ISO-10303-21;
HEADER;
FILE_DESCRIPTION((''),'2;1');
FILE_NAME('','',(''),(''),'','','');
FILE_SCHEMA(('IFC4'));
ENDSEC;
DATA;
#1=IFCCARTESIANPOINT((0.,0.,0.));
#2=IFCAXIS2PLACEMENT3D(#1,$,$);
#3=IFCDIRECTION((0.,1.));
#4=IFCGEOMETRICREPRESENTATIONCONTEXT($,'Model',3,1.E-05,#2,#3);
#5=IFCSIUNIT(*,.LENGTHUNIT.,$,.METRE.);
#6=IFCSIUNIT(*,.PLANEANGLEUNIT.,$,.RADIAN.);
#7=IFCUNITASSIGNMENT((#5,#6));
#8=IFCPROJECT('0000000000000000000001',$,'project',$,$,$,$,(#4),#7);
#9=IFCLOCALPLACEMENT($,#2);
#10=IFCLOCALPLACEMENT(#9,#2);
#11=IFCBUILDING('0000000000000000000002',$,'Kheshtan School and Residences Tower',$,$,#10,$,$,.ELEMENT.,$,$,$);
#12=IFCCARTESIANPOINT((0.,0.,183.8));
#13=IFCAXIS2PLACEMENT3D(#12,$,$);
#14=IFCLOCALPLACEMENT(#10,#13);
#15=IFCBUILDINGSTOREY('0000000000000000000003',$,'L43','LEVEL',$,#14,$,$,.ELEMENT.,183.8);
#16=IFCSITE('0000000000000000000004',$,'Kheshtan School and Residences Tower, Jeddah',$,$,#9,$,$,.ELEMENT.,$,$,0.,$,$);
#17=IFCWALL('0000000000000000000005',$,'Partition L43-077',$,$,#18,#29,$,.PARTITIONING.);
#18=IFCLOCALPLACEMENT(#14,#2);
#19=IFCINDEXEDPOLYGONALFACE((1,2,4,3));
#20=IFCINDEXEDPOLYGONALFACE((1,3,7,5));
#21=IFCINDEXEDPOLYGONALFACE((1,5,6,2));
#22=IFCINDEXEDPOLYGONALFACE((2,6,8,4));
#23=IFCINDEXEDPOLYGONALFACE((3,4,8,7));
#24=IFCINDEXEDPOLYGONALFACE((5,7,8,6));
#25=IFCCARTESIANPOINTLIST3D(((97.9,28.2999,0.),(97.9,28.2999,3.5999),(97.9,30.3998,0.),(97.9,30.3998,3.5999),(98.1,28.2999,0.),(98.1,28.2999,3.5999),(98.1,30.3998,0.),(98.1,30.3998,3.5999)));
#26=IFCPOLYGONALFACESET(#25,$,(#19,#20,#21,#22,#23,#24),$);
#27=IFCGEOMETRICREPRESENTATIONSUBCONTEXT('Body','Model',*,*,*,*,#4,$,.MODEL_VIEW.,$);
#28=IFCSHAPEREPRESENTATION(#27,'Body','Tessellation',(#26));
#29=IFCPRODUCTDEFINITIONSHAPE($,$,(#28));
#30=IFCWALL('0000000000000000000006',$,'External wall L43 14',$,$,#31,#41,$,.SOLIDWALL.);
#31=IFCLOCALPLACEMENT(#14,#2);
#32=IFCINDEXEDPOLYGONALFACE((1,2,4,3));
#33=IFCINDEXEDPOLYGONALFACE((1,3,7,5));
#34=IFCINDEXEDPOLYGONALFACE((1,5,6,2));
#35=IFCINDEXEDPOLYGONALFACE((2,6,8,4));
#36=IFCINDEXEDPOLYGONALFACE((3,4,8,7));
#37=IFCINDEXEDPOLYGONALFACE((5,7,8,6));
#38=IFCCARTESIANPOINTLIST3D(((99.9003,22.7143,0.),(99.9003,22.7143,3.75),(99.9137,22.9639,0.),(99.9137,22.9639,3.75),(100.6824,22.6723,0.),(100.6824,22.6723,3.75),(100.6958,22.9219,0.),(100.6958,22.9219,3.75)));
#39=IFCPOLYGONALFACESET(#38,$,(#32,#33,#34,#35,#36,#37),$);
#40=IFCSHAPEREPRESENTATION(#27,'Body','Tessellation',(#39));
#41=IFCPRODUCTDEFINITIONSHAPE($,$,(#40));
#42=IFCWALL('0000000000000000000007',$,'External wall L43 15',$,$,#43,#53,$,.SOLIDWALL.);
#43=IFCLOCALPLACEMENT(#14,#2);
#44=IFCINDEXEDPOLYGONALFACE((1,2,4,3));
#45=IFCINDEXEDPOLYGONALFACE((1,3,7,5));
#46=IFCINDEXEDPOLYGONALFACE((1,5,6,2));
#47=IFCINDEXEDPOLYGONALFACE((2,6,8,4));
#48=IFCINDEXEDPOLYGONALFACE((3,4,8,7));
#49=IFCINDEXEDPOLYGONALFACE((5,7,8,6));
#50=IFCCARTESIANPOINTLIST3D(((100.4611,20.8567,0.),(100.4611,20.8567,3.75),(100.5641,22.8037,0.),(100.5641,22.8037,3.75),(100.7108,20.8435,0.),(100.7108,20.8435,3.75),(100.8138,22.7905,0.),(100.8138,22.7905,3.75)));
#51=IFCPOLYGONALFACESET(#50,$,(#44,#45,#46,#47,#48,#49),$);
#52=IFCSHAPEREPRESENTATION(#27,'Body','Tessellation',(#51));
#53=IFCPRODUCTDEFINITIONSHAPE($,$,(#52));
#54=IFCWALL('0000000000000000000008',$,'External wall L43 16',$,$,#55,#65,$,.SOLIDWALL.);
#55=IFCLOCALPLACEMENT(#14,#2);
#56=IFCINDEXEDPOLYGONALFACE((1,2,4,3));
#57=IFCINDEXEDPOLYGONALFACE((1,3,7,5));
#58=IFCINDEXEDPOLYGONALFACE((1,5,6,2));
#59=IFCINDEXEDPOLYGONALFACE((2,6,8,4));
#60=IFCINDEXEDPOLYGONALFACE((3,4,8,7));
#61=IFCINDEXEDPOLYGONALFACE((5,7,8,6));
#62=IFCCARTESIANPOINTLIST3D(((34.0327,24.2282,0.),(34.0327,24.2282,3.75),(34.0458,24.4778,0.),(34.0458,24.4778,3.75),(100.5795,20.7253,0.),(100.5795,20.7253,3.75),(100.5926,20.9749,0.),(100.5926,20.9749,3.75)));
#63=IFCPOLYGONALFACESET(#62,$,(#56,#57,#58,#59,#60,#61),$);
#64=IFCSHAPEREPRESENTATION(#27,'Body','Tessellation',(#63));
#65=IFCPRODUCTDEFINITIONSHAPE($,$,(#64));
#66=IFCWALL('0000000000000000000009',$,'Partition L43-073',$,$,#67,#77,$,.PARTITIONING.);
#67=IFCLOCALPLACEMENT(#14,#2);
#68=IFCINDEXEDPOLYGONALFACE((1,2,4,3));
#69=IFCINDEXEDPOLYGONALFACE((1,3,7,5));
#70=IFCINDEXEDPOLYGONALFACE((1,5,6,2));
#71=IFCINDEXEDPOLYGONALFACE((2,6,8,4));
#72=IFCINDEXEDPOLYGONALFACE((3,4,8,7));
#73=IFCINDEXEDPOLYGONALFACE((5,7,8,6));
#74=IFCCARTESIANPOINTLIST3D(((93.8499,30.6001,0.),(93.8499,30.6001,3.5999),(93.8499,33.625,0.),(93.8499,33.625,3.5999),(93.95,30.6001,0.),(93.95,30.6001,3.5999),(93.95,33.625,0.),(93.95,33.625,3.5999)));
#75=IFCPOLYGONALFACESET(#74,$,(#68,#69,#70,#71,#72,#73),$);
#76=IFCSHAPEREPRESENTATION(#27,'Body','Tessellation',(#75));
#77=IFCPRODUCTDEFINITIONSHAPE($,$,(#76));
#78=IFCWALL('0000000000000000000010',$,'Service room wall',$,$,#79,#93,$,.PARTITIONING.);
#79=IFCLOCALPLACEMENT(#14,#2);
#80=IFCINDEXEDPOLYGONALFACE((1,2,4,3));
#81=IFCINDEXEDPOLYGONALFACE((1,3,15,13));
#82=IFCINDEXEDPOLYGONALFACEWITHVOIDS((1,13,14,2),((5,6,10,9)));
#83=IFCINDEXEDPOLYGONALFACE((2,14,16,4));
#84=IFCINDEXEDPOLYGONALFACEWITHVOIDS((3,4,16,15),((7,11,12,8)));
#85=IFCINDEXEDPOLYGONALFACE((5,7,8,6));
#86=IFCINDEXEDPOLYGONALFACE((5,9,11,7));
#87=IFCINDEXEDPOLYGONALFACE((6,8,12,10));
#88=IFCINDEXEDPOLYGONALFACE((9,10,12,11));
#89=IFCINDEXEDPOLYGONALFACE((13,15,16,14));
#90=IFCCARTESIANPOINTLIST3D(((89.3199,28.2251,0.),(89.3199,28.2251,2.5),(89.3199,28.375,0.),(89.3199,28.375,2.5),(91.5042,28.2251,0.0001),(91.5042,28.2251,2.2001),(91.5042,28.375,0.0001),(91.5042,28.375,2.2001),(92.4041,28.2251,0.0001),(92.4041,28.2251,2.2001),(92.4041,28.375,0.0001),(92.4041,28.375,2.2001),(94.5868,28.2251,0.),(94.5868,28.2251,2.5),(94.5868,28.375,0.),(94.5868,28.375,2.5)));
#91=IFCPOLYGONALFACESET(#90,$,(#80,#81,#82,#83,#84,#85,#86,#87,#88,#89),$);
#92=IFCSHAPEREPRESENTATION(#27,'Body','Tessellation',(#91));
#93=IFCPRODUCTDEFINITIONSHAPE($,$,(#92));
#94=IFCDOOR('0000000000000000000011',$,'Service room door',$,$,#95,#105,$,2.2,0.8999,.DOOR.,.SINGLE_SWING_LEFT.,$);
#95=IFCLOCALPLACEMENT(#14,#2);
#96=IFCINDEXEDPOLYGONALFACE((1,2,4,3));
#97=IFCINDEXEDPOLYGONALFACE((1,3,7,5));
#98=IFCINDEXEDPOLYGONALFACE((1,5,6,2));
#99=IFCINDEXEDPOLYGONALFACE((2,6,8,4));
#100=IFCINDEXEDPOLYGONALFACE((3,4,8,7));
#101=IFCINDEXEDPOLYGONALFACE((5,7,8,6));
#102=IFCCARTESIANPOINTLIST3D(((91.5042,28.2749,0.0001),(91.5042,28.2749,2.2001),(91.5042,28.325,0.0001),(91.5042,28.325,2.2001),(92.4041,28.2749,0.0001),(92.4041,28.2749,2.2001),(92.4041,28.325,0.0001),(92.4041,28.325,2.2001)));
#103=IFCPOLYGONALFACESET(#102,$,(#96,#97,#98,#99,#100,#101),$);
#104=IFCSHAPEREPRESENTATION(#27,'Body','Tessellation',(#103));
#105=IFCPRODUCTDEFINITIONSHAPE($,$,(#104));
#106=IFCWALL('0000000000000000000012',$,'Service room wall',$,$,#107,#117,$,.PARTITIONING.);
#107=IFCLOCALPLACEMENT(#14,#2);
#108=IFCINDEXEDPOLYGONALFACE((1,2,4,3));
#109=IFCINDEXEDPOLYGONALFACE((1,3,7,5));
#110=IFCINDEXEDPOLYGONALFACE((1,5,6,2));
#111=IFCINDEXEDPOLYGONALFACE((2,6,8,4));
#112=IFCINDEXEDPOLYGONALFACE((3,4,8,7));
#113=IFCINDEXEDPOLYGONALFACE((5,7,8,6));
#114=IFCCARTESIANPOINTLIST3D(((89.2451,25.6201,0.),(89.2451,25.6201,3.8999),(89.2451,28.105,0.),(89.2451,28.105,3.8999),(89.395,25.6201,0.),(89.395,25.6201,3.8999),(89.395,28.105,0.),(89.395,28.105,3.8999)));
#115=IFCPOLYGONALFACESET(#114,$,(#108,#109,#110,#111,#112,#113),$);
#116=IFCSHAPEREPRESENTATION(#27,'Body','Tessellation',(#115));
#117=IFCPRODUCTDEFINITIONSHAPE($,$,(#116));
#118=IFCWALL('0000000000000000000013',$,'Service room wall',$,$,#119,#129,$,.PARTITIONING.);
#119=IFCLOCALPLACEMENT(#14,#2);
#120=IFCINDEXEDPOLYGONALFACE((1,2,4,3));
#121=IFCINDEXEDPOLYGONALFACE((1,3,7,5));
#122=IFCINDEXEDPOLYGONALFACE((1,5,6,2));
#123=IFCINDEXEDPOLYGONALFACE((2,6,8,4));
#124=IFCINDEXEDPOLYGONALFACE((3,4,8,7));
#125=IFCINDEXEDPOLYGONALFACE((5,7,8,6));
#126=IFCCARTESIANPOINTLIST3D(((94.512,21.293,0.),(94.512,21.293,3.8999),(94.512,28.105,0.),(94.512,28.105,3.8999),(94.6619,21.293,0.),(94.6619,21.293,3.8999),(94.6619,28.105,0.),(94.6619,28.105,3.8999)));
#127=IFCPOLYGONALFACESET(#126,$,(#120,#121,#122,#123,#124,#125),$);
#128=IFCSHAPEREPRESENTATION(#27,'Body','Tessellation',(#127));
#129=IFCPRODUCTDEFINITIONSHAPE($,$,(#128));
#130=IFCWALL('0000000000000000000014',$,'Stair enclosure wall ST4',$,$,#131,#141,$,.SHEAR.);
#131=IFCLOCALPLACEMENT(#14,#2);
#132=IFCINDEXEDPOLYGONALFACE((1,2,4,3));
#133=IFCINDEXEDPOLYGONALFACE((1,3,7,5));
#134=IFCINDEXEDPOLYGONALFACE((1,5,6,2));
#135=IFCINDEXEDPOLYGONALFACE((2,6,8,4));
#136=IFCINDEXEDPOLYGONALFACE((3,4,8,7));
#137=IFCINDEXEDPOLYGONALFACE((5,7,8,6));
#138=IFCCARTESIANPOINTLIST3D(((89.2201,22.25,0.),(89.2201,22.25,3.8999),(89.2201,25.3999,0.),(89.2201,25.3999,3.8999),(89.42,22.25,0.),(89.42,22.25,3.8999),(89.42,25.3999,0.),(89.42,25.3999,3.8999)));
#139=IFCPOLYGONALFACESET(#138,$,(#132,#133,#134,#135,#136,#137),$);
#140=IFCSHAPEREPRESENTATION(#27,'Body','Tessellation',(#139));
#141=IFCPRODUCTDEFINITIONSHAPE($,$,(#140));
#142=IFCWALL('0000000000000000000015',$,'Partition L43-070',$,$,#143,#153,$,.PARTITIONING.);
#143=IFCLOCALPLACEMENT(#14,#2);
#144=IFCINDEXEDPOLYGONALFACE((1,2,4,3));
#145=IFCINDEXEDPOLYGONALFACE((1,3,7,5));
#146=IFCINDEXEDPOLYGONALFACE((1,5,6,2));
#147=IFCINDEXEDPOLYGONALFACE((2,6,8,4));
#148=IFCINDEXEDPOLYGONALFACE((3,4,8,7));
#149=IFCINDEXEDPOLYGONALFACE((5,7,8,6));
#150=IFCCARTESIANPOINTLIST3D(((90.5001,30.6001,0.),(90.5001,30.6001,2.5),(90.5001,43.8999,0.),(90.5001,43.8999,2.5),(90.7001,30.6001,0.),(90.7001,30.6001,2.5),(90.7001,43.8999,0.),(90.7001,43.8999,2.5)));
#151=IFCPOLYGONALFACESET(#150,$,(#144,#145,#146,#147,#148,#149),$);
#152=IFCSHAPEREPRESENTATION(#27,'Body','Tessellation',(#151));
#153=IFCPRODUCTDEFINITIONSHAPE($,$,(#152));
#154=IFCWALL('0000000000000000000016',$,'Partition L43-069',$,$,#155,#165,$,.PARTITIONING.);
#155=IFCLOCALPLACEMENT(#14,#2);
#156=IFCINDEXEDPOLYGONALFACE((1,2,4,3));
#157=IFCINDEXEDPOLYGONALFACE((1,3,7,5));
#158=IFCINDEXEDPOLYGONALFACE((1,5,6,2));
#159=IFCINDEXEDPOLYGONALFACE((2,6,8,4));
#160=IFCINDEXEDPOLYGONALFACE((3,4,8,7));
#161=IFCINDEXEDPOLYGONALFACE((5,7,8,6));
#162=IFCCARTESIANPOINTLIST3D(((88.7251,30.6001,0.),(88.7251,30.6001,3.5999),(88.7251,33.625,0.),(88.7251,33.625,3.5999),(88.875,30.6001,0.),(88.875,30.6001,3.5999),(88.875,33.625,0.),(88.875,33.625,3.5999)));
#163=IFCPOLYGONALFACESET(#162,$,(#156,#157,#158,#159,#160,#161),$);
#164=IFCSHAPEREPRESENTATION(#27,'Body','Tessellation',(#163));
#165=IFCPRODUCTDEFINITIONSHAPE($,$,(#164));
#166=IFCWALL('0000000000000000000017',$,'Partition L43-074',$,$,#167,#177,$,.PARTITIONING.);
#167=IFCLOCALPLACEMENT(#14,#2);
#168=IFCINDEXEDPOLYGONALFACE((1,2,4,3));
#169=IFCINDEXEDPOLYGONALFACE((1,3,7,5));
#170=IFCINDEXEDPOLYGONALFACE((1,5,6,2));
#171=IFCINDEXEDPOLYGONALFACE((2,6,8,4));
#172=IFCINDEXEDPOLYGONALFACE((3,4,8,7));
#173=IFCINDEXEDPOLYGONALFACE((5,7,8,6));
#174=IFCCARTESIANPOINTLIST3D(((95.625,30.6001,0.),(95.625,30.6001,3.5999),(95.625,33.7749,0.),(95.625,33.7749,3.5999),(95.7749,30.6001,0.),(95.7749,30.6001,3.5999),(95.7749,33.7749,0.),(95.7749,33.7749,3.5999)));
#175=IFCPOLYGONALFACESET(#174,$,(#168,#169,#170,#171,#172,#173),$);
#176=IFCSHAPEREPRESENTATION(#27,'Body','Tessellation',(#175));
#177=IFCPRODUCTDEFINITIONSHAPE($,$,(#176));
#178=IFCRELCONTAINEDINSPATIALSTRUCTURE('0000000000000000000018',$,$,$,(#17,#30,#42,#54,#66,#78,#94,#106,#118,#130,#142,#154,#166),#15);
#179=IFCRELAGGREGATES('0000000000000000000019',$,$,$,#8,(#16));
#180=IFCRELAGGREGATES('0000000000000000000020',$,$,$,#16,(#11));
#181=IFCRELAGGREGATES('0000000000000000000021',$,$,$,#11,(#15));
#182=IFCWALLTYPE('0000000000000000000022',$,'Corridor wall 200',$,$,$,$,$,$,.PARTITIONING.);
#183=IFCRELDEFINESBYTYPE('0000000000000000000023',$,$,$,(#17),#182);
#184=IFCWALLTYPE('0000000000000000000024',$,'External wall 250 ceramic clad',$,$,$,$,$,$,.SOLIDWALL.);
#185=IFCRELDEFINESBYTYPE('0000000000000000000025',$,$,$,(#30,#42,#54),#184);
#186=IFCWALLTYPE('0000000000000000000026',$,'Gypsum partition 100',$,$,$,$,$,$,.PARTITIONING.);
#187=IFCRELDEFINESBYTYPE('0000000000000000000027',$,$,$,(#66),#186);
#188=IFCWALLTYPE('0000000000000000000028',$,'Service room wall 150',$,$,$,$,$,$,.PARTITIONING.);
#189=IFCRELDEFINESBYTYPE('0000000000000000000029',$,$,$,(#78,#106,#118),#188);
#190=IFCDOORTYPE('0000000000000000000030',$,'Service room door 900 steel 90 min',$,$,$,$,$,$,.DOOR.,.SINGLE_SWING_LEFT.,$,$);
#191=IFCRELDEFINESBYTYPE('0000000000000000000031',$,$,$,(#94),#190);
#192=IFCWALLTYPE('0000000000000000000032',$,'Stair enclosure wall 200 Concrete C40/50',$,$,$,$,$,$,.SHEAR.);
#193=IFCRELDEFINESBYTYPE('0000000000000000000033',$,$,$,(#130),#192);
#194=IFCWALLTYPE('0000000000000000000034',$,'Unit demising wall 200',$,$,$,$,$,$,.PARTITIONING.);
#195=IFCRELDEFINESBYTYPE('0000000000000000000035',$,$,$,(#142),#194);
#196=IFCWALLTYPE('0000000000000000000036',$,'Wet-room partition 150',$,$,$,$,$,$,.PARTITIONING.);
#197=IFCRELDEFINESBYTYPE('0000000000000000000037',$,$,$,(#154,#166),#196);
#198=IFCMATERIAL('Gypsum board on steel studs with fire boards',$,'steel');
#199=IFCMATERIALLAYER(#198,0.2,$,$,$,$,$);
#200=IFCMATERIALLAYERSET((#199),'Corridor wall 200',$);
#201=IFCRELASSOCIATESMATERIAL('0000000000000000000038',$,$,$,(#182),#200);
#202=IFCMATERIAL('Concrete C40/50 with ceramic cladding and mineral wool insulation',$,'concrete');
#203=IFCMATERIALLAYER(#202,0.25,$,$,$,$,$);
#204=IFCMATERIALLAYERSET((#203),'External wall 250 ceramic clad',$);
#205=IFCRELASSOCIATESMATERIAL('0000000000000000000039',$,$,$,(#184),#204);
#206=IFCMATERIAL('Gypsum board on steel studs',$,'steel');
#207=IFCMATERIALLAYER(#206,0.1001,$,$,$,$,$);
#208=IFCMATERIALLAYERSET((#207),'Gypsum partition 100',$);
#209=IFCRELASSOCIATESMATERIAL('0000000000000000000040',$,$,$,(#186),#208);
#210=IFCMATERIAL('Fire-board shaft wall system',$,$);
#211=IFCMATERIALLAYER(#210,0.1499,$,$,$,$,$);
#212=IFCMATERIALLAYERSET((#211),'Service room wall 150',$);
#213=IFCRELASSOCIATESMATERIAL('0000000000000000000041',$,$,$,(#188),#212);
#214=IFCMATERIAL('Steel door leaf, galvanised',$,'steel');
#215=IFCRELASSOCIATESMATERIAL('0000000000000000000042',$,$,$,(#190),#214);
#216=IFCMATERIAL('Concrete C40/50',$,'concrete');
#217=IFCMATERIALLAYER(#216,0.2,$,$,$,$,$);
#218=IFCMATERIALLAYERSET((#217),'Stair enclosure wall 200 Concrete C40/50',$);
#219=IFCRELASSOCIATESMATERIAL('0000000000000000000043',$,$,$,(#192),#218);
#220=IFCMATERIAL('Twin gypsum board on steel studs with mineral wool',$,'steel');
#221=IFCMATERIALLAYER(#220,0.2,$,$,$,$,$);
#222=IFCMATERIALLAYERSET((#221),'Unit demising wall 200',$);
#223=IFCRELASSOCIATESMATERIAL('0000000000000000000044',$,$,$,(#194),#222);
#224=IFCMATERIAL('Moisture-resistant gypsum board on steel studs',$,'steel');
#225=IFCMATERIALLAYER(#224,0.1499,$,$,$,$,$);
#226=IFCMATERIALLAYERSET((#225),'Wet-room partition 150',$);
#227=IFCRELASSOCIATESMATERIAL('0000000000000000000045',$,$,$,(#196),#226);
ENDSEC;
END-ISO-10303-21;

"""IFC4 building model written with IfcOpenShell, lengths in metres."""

from ifc_helpers import new_model, si_unit, direction, frame, frame_2d, origin, place, context, subcontext, project, spatial, rectangle, extrude, source, transform, mapped, material, layer, layer_set, type_object, element, fill, save


model = new_model("IFC4")

# Units and contexts
model_context = context("Model", 3, precision=1e-05, world=origin(), true_north=direction((0.0, 1.0)))
body_context = subcontext(model_context, "Body", "Model", "MODEL_VIEW")
ifc_project = project(units=[si_unit("LENGTHUNIT", "METRE"), si_unit("PLANEANGLEUNIT", "RADIAN")], contexts=[model_context])

# Site, building, storey
site_placement = place(None, origin())
site = spatial("IfcSite", under=ifc_project, at=site_placement, Name="Kheshtan School and Residences Tower, Jeddah", CompositionType="ELEMENT", RefElevation=0.0)
building_placement = place(site_placement, origin())
building = spatial("IfcBuilding", under=site, at=building_placement, Name="Kheshtan School and Residences Tower", CompositionType="ELEMENT")
storey_placement = place(building_placement, frame((0.0, 0.0, 183.8)))
storey = spatial("IfcBuildingStorey", under=building, at=storey_placement, Name="L43", Description="LEVEL", CompositionType="ELEMENT", Elevation=183.8)

# Walls
ifc_material_1 = material(Name="Gypsum board on steel studs with fire boards", Category="steel")
ifc_layer_1 = layer(ifc_material_1, 0.2)
ifc_layer_set_1 = layer_set([ifc_layer_1], Name="Corridor wall 200")
wall_type_1 = type_object("IfcWallType", Name="Corridor wall 200", PredefinedType="PARTITIONING", material=ifc_layer_set_1)
wall_1_placement = place(storey_placement, frame((98.0, 28.3, 0.0), z_axis=(0.0, 0.0, 1.0), x_axis=(0.0, 1.0, 0.0)))
element("IfcWall", 1, at=wall_1_placement, inside=storey, type_object=wall_type_1, Name="Partition L43-077", PredefinedType="PARTITIONING", context=body_context, shape_type="SweptSolid", body=[
    extrude(rectangle(XDim=2.0999, YDim=0.2, at=frame_2d((1.0498, 0.0))), origin(), (0.0, 0.0, 1.0), 3.5999),
])
ifc_material_2 = material(Name="Concrete C40/50 with ceramic cladding and mineral wool insulation", Category="concrete")
ifc_layer_2 = layer(ifc_material_2, 0.25)
ifc_layer_set_2 = layer_set([ifc_layer_2], Name="External wall 250 ceramic clad")
wall_type_2 = type_object("IfcWallType", Name="External wall 250 ceramic clad", PredefinedType="SOLIDWALL", material=ifc_layer_set_2)
wall_2_placement = place(storey_placement, frame((99.907, 22.8391, 0.0), z_axis=(0.0, 0.0, 1.0), x_axis=(0.998561, -0.053622, 0.0)))
element("IfcWall", 2, at=wall_2_placement, inside=storey, type_object=wall_type_2, Name="External wall L43 14", PredefinedType="SOLIDWALL", context=body_context, shape_type="SweptSolid", body=[
    extrude(rectangle(XDim=0.7832, YDim=0.25, at=frame_2d((0.3916, 0.0))), origin(), (0.0, 0.0, 1.0), 3.75),
])
wall_3_placement = place(storey_placement, frame((100.689, 22.7971, 0.0), z_axis=(0.0, 0.0, 1.0), x_axis=(-0.052841, -0.998603, 0.0)))
element("IfcWall", 3, at=wall_3_placement, inside=storey, type_object=wall_type_2, Name="External wall L43 15", PredefinedType="SOLIDWALL", context=body_context, shape_type="SweptSolid", body=[
    extrude(rectangle(XDim=1.9497, YDim=0.25, at=frame_2d((0.9749, 0.0))), origin(), (0.0, 0.0, 1.0), 3.75),
])
wall_4_placement = place(storey_placement, frame((100.5859, 20.8501, 0.0), z_axis=(0.0, 0.0, 1.0), x_axis=(-0.998617, 0.052566, 0.0)))
element("IfcWall", 4, at=wall_4_placement, inside=storey, type_object=wall_type_2, Name="External wall L43 16", PredefinedType="SOLIDWALL", context=body_context, shape_type="SweptSolid", body=[
    extrude(rectangle(XDim=66.6389, YDim=0.25, at=frame_2d((33.3193, 0.0))), origin(), (0.0, 0.0, 1.0), 3.75),
])
ifc_material_3 = material(Name="Gypsum board on steel studs", Category="steel")
ifc_layer_3 = layer(ifc_material_3, 0.1001)
ifc_layer_set_3 = layer_set([ifc_layer_3], Name="Gypsum partition 100")
wall_type_3 = type_object("IfcWallType", Name="Gypsum partition 100", PredefinedType="PARTITIONING", material=ifc_layer_set_3)
wall_5_placement = place(storey_placement, frame((93.8999, 30.6001, 0.0), z_axis=(0.0, 0.0, 1.0), x_axis=(0.0, 1.0, 0.0)))
element("IfcWall", 5, at=wall_5_placement, inside=storey, type_object=wall_type_3, Name="Partition L43-073", PredefinedType="PARTITIONING", context=body_context, shape_type="SweptSolid", body=[
    extrude(rectangle(XDim=3.0249, YDim=0.1001, at=frame_2d((1.5125, 0.0))), origin(), (0.0, 0.0, 1.0), 3.5999),
])

# Wall, opening, door
ifc_material_4 = material(Name="Fire-board shaft wall system")
ifc_layer_4 = layer(ifc_material_4, 0.1499)
ifc_layer_set_4 = layer_set([ifc_layer_4], Name="Service room wall 150")
wall_type_4 = type_object("IfcWallType", Name="Service room wall 150", PredefinedType="PARTITIONING", material=ifc_layer_set_4)
wall_6_placement = place(storey_placement, frame((89.3201, 28.3, 0.0), z_axis=(0.0, 0.0, 1.0), x_axis=(1.0, 0.0, 0.0)))
wall_6 = element("IfcWall", 6, at=wall_6_placement, inside=storey, type_object=wall_type_4, Name="Service room wall", PredefinedType="PARTITIONING", context=body_context, shape_type="SweptSolid", body=[
    extrude(rectangle(XDim=5.2668, YDim=0.1499, at=frame_2d((2.6333, 0.0))), origin(), (0.0, 0.0, 1.0), 2.5),
])
opening_placement = place(wall_6_placement, frame((2.1841, 0.0, 0.0)))
opening = element("IfcOpeningElement", 7, at=opening_placement, cuts=wall_6, PredefinedType="OPENING", context=body_context, shape_type="SweptSolid", body=[
    extrude(rectangle(XDim=0.8999, YDim=2.2, at=frame_2d((0.45, 1.1001))), frame((0.0, 0.085, 0.0), z_axis=(0.0, -1.0, 0.0), x_axis=(1.0, 0.0, 0.0)), (0.0, 0.0, 1.0), 0.1699),
])
ifc_material_5 = material(Name="Steel door leaf, galvanised", Category="steel")
door_type = type_object("IfcDoorType", Name="Service room door 900 steel 90 min", OperationType="SINGLE_SWING_LEFT", PredefinedType="DOOR", material=ifc_material_5)
shared_shape = source(origin(), body_context, "Body", "SweptSolid", [
    extrude(rectangle(XDim=0.8999, YDim=2.2, at=frame_2d((0.45, 1.1001))), frame((0.0, 0.0249, 0.0), z_axis=(0.0, -1.0, 0.0), x_axis=(1.0, 0.0, 0.0)), (0.0, 0.0, 1.0), 0.05),
])
door_placement = place(opening_placement, origin())
door = element("IfcDoor", 8, at=door_placement, inside=storey, type_object=door_type, Name="Service room door", OperationType="SINGLE_SWING_LEFT", OverallHeight=2.2, OverallWidth=0.8999, PredefinedType="DOOR", context=body_context, shape_type="MappedRepresentation", body=[
    mapped(shared_shape, transform((0.0, 0.0, 0.0), x_axis=(1.0, 0.0, 0.0), y_axis=(0.0, 1.0, 0.0), z_axis=(0.0, 0.0, 1.0), scale=1.0)),
])
fill(opening, door)

# Walls
wall_7_placement = place(storey_placement, frame((89.3201, 25.6201, 0.0), z_axis=(0.0, 0.0, 1.0), x_axis=(0.0, 1.0, 0.0)))
element("IfcWall", 9, at=wall_7_placement, inside=storey, type_object=wall_type_4, Name="Service room wall", PredefinedType="PARTITIONING", context=body_context, shape_type="SweptSolid", body=[
    extrude(rectangle(XDim=2.4849, YDim=0.1499, at=frame_2d((1.2424, 0.0))), origin(), (0.0, 0.0, 1.0), 3.8999),
])
wall_8_placement = place(storey_placement, frame((94.5869, 21.293, 0.0), z_axis=(0.0, 0.0, 1.0), x_axis=(0.0, 1.0, 0.0)))
element("IfcWall", 10, at=wall_8_placement, inside=storey, type_object=wall_type_4, Name="Service room wall", PredefinedType="PARTITIONING", context=body_context, shape_type="SweptSolid", body=[
    extrude(rectangle(XDim=6.812, YDim=0.1499, at=frame_2d((3.406, 0.0))), origin(), (0.0, 0.0, 1.0), 3.8999),
])
ifc_material_6 = material(Name="Concrete C40/50", Category="concrete")
ifc_layer_5 = layer(ifc_material_6, 0.2)
ifc_layer_set_5 = layer_set([ifc_layer_5], Name="Stair enclosure wall 200 Concrete C40/50")
wall_type_5 = type_object("IfcWallType", Name="Stair enclosure wall 200 Concrete C40/50", PredefinedType="SHEAR", material=ifc_layer_set_5)
wall_9_placement = place(storey_placement, frame((89.3201, 22.25, 0.0), z_axis=(0.0, 0.0, 1.0), x_axis=(0.0, 1.0, 0.0)))
element("IfcWall", 11, at=wall_9_placement, inside=storey, type_object=wall_type_5, Name="Stair enclosure wall ST4", PredefinedType="SHEAR", context=body_context, shape_type="SweptSolid", body=[
    extrude(rectangle(XDim=3.1499, YDim=0.2, at=frame_2d((1.575, 0.0))), origin(), (0.0, 0.0, 1.0), 3.8999),
])
ifc_material_7 = material(Name="Twin gypsum board on steel studs with mineral wool", Category="steel")
ifc_layer_6 = layer(ifc_material_7, 0.2)
ifc_layer_set_6 = layer_set([ifc_layer_6], Name="Unit demising wall 200")
wall_type_6 = type_object("IfcWallType", Name="Unit demising wall 200", PredefinedType="PARTITIONING", material=ifc_layer_set_6)
wall_10_placement = place(storey_placement, frame((90.6001, 30.6001, 0.0), z_axis=(0.0, 0.0, 1.0), x_axis=(0.0, 1.0, 0.0)))
element("IfcWall", 12, at=wall_10_placement, inside=storey, type_object=wall_type_6, Name="Partition L43-070", PredefinedType="PARTITIONING", context=body_context, shape_type="SweptSolid", body=[
    extrude(rectangle(XDim=13.2998, YDim=0.2, at=frame_2d((6.6499, 0.0))), origin(), (0.0, 0.0, 1.0), 2.5),
])
ifc_material_8 = material(Name="Moisture-resistant gypsum board on steel studs", Category="steel")
ifc_layer_7 = layer(ifc_material_8, 0.1499)
ifc_layer_set_7 = layer_set([ifc_layer_7], Name="Wet-room partition 150")
wall_type_7 = type_object("IfcWallType", Name="Wet-room partition 150", PredefinedType="PARTITIONING", material=ifc_layer_set_7)
wall_11_placement = place(storey_placement, frame((88.8, 30.6001, 0.0), z_axis=(0.0, 0.0, 1.0), x_axis=(0.0, 1.0, 0.0)))
element("IfcWall", 13, at=wall_11_placement, inside=storey, type_object=wall_type_7, Name="Partition L43-069", PredefinedType="PARTITIONING", context=body_context, shape_type="SweptSolid", body=[
    extrude(rectangle(XDim=3.0249, YDim=0.1499, at=frame_2d((1.5125, 0.0))), origin(), (0.0, 0.0, 1.0), 3.5999),
])
wall_12_placement = place(storey_placement, frame((95.7, 30.6001, 0.0), z_axis=(0.0, 0.0, 1.0), x_axis=(0.0, 1.0, 0.0)))
element("IfcWall", 14, at=wall_12_placement, inside=storey, type_object=wall_type_7, Name="Partition L43-074", PredefinedType="PARTITIONING", context=body_context, shape_type="SweptSolid", body=[
    extrude(rectangle(XDim=3.1748, YDim=0.1499, at=frame_2d((1.5874, 0.0))), origin(), (0.0, 0.0, 1.0), 3.5999),
])

save(model, "model.ifc")
